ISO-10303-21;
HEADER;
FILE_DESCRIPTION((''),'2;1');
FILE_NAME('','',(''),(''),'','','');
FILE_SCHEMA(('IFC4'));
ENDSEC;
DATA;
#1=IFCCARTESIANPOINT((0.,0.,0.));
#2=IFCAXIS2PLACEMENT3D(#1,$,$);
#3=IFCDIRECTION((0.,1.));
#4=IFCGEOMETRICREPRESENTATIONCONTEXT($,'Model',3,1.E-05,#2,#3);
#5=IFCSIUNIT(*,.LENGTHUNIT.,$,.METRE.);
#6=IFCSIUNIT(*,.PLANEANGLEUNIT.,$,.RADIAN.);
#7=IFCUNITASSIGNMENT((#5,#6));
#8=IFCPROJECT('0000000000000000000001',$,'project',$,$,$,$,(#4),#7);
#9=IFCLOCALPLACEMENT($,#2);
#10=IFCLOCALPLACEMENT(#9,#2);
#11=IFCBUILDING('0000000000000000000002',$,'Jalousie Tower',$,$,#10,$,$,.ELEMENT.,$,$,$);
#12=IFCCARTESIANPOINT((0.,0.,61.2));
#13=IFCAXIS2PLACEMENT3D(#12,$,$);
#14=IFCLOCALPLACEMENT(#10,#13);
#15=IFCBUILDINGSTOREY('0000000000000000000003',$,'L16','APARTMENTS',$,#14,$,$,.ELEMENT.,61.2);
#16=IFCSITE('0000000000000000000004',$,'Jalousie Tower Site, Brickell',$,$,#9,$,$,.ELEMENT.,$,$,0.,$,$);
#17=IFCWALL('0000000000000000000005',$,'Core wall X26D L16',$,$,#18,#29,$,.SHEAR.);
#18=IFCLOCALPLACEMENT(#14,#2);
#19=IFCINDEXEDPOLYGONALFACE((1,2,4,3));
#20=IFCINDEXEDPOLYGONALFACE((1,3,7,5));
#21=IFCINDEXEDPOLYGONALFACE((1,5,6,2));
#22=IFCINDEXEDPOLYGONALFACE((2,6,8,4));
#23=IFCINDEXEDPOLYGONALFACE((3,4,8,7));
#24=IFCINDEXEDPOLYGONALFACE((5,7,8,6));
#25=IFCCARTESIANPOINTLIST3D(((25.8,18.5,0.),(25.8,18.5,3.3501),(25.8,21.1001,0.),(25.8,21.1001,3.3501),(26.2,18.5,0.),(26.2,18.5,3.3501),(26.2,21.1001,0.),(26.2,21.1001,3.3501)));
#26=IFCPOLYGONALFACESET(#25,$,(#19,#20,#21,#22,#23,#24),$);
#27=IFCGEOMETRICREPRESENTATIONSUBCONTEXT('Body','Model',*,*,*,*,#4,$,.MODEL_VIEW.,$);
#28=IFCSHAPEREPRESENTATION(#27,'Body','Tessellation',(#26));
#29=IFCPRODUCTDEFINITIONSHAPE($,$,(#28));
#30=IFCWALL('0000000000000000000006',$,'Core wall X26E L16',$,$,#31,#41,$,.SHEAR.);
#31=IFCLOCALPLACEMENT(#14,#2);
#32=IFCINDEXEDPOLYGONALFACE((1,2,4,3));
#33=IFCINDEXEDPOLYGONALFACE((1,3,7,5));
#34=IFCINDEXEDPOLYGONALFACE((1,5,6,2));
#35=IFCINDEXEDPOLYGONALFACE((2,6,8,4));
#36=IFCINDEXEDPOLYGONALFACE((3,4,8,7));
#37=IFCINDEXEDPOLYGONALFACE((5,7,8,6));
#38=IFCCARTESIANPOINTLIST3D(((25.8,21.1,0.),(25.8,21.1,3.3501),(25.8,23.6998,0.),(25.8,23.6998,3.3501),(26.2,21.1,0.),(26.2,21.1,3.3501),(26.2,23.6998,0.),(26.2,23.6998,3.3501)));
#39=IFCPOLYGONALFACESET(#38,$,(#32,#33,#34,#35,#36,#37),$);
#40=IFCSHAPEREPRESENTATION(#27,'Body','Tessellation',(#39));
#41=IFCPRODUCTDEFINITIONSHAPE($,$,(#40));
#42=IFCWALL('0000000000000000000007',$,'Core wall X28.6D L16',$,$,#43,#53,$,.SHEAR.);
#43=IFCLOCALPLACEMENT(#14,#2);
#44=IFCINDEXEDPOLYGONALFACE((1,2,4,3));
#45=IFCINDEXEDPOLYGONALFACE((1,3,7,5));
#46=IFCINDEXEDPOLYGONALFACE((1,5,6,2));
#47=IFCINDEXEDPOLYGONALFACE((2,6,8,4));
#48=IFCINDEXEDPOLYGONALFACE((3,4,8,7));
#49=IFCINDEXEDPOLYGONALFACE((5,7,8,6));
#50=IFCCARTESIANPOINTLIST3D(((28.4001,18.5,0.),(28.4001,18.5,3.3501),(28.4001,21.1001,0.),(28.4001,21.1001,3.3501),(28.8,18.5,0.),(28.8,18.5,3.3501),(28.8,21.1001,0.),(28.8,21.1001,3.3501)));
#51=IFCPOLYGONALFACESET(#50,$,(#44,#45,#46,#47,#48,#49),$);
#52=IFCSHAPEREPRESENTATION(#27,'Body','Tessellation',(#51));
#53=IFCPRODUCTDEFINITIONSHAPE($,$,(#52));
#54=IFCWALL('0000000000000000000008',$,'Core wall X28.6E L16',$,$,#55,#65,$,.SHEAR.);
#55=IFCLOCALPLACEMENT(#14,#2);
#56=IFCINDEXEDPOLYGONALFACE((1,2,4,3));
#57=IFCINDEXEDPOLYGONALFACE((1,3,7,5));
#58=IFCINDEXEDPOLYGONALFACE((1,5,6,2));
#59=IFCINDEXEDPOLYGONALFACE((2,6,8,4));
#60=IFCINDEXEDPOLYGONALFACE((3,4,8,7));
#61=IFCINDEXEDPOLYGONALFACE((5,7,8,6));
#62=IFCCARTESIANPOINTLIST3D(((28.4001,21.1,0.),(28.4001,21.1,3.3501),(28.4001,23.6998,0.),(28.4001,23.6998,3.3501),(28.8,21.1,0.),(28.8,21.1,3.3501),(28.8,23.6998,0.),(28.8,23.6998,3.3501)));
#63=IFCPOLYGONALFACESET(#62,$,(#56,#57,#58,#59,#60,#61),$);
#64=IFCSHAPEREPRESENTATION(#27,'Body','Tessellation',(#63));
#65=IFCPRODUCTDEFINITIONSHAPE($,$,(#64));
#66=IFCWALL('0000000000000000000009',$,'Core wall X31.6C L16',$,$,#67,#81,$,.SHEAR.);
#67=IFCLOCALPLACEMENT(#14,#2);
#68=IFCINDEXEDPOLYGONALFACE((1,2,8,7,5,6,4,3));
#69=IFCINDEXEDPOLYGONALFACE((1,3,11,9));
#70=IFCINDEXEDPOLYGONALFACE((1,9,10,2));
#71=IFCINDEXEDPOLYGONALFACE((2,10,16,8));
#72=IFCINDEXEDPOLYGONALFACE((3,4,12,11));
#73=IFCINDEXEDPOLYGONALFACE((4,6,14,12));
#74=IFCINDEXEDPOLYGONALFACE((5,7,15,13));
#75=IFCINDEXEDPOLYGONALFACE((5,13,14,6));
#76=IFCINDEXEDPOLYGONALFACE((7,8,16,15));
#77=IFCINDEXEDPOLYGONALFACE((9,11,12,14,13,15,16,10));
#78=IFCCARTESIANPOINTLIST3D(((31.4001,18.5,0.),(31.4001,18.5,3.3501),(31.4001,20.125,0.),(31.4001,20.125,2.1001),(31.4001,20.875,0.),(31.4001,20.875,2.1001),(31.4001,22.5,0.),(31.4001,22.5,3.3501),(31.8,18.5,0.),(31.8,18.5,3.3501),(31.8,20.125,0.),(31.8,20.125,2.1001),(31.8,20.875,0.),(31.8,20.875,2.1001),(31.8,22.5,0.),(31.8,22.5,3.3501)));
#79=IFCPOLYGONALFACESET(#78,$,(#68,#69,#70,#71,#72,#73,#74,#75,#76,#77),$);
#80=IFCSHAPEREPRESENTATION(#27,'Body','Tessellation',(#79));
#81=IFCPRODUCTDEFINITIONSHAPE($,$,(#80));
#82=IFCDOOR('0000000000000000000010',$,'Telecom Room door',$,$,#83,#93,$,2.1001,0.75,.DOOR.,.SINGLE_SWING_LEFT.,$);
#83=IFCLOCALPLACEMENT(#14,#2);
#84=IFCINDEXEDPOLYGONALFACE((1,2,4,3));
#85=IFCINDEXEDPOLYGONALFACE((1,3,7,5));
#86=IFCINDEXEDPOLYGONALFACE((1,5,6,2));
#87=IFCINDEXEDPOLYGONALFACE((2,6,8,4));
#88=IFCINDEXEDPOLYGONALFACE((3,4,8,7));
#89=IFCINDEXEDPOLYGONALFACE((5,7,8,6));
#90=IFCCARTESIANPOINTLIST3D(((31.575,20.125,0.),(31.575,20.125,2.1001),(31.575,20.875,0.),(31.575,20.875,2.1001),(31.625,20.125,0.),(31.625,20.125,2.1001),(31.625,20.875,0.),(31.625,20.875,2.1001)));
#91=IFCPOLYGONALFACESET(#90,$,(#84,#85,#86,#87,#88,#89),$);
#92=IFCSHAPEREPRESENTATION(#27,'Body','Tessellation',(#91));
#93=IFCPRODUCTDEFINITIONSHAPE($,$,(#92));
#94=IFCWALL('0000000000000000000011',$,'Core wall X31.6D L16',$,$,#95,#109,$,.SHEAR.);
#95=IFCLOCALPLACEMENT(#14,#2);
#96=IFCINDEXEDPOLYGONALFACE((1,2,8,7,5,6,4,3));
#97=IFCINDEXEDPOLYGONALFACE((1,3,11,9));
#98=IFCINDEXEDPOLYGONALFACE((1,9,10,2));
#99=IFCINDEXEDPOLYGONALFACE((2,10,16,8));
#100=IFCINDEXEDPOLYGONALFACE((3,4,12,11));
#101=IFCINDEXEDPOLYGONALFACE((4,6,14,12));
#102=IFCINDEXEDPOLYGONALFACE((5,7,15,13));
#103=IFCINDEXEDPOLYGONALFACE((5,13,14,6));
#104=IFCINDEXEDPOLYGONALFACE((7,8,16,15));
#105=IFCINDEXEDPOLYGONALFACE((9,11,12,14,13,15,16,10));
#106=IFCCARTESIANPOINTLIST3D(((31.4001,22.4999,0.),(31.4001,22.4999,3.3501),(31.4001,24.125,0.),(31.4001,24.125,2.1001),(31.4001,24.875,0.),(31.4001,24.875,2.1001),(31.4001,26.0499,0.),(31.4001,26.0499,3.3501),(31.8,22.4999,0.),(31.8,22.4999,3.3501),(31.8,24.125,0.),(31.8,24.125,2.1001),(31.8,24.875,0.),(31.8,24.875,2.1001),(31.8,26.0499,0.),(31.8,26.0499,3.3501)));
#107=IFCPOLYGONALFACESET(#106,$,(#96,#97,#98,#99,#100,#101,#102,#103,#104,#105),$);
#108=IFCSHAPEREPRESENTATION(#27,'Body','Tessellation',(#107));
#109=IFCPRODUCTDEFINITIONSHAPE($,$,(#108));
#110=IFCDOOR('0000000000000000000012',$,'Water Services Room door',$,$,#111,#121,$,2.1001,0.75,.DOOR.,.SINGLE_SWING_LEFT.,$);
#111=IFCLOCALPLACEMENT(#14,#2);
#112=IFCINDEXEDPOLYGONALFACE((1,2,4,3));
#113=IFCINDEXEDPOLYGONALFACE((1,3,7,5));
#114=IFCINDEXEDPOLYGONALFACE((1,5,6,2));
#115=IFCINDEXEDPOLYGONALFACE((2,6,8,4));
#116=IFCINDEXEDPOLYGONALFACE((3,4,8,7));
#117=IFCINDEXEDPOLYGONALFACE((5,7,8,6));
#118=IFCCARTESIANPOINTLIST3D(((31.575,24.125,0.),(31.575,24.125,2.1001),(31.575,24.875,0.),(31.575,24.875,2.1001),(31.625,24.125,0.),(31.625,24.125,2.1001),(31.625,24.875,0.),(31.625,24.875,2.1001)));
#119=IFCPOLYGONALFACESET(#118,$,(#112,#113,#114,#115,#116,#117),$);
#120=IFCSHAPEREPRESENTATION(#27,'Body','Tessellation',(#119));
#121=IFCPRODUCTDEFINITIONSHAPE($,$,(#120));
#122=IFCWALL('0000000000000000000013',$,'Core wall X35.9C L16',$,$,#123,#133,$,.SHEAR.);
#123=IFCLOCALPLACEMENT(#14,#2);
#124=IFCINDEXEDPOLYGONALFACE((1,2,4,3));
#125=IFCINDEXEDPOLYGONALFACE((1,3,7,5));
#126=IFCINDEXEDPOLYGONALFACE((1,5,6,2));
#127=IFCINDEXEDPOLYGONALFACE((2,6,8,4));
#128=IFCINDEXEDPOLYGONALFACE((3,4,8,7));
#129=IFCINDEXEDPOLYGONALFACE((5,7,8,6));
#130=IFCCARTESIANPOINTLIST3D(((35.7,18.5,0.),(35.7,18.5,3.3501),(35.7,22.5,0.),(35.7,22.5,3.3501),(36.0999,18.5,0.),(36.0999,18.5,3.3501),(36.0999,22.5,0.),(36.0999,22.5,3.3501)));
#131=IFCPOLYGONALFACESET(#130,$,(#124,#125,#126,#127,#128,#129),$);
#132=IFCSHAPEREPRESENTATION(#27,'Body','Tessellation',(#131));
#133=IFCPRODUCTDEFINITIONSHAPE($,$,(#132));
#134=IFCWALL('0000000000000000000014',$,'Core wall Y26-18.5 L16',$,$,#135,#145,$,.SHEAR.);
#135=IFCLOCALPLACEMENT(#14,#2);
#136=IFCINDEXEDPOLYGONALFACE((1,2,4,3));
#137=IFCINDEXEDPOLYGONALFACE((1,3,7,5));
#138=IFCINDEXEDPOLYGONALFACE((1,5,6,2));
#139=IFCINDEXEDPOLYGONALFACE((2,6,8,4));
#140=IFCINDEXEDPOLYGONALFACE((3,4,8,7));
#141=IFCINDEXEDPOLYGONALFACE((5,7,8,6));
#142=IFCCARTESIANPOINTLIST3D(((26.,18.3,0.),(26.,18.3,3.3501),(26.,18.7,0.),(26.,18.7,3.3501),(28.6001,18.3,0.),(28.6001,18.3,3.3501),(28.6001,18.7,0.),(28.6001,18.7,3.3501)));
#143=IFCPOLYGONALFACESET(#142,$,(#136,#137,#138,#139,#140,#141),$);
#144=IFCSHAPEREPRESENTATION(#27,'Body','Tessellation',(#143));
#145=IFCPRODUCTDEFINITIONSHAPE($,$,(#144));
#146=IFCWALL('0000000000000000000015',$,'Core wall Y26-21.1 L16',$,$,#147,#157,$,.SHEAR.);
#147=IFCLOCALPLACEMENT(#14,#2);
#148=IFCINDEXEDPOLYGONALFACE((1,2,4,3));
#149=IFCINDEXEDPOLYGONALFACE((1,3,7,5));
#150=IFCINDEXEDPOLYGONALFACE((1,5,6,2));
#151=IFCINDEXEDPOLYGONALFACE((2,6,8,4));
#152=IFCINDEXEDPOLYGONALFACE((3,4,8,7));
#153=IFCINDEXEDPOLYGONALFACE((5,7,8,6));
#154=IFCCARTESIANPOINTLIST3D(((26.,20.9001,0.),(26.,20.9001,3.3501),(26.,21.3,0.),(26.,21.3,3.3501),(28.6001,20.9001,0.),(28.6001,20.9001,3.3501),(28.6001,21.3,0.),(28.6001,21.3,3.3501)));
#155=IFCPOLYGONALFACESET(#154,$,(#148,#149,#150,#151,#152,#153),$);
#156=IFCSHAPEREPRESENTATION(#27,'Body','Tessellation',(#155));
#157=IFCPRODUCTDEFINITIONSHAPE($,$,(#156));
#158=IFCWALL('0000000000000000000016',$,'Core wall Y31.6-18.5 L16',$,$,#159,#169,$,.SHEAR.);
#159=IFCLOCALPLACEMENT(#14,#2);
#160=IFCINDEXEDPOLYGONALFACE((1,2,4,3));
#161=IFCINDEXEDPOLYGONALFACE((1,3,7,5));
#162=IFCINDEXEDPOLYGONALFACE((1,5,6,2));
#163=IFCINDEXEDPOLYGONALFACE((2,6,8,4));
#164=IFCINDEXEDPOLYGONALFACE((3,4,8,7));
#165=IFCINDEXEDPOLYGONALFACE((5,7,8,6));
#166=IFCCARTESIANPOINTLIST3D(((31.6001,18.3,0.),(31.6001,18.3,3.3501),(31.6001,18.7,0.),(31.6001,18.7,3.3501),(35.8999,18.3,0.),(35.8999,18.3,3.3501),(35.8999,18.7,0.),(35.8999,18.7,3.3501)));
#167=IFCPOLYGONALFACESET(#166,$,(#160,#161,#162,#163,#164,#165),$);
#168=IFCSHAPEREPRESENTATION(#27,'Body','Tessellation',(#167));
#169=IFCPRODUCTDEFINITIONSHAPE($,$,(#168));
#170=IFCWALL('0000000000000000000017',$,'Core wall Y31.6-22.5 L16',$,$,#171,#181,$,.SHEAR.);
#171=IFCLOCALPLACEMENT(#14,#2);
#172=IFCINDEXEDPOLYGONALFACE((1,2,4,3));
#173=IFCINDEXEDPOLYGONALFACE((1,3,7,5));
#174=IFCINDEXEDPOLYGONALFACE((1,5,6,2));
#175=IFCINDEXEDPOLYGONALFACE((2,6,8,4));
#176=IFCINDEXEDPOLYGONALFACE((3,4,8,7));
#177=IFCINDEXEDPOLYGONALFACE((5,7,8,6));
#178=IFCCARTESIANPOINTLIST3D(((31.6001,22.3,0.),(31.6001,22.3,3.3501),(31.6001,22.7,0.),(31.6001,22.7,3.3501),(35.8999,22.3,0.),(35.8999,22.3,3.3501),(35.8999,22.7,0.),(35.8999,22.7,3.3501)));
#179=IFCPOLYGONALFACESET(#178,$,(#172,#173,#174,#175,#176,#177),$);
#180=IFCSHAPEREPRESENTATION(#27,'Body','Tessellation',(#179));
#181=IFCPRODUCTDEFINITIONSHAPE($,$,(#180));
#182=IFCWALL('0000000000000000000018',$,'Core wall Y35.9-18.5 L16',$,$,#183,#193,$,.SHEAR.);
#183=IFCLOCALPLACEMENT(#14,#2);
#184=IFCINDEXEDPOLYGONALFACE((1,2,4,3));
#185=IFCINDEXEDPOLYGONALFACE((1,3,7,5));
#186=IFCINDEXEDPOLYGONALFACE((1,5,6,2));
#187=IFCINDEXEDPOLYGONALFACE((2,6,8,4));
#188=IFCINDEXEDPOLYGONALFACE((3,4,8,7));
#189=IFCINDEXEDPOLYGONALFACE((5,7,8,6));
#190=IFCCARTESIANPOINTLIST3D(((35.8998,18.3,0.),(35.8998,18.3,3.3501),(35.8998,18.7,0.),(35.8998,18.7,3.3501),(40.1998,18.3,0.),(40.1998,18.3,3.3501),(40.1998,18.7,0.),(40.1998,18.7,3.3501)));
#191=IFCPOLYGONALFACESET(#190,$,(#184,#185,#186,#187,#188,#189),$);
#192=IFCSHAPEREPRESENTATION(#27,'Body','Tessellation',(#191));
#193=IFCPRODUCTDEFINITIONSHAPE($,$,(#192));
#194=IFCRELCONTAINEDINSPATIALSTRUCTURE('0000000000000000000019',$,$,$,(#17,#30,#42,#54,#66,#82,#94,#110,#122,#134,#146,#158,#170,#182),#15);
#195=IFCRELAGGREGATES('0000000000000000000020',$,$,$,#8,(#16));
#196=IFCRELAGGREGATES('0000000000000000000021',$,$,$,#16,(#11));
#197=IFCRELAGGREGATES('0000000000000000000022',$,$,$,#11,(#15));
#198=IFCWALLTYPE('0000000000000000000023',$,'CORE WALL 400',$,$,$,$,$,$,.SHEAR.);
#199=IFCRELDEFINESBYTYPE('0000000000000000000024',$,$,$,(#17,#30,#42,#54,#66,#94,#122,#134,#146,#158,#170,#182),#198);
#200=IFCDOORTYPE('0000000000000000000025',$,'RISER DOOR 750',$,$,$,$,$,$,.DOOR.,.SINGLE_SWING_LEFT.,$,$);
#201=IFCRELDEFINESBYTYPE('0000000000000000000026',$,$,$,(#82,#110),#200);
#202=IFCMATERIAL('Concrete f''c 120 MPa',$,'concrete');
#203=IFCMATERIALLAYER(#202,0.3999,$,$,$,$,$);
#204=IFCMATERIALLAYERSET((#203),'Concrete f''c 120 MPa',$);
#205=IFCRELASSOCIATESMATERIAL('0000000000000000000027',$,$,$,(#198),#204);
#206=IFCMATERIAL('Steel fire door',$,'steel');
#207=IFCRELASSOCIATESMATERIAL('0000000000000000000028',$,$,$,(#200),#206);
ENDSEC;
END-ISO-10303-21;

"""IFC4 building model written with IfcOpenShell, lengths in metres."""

from ifc_helpers import new_model, si_unit, direction, frame, frame_2d, origin, place, context, subcontext, project, spatial, rectangle, extrude, material, layer, layer_set, type_object, element, fill, save


model = new_model("IFC4")

# Units and contexts
model_context = context("Model", 3, precision=1e-05, world=origin(), true_north=direction((0.0, 1.0)))
body_context = subcontext(model_context, "Body", "Model", "MODEL_VIEW")
ifc_project = project(units=[si_unit("LENGTHUNIT", "METRE"), si_unit("PLANEANGLEUNIT", "RADIAN")], contexts=[model_context])

# Site, building, storey
site_placement = place(None, origin())
site = spatial("IfcSite", under=ifc_project, at=site_placement, Name="Jalousie Tower Site, Brickell", CompositionType="ELEMENT", RefElevation=0.0)
building_placement = place(site_placement, origin())
building = spatial("IfcBuilding", under=site, at=building_placement, Name="Jalousie Tower", CompositionType="ELEMENT")
storey_placement = place(building_placement, frame((0.0, 0.0, 61.2)))
storey = spatial("IfcBuildingStorey", under=building, at=storey_placement, Name="L16", Description="APARTMENTS", CompositionType="ELEMENT", Elevation=61.2)

# Walls
ifc_material_1 = material(Name="Concrete f'c 120 MPa", Category="concrete")
ifc_layer = layer(ifc_material_1, 0.3999)
ifc_layer_set = layer_set([ifc_layer], Name="Concrete f'c 120 MPa")
wall_type_1 = type_object("IfcWallType", Name="CORE WALL 400", PredefinedType="SHEAR", material=ifc_layer_set)
wall_1_placement = place(storey_placement, frame((26.0, 18.5, 0.0), z_axis=(0.0, 0.0, 1.0), x_axis=(0.0, 1.0, 0.0)))
element("IfcWall", 1, at=wall_1_placement, inside=storey, type_object=wall_type_1, Name="Core wall X26D L16", PredefinedType="SHEAR", context=body_context, shape_type="SweptSolid", body=[
    extrude(rectangle(XDim=2.6001, YDim=0.3999, at=frame_2d((1.3, 0.0))), origin(), (0.0, 0.0, 1.0), 3.3501),
])
wall_2_placement = place(storey_placement, frame((26.0, 21.1001, 0.0), z_axis=(0.0, 0.0, 1.0), x_axis=(0.0, 1.0, 0.0)))
element("IfcWall", 2, at=wall_2_placement, inside=storey, type_object=wall_type_1, Name="Core wall X26E L16", PredefinedType="SHEAR", context=body_context, shape_type="SweptSolid", body=[
    extrude(rectangle(XDim=2.5999, YDim=0.3999, at=frame_2d((1.2998, 0.0))), origin(), (0.0, 0.0, 1.0), 3.3501),
])
wall_3_placement = place(storey_placement, frame((28.6001, 18.5, 0.0), z_axis=(0.0, 0.0, 1.0), x_axis=(0.0, 1.0, 0.0)))
element("IfcWall", 3, at=wall_3_placement, inside=storey, type_object=wall_type_1, Name="Core wall X28.6D L16", PredefinedType="SHEAR", context=body_context, shape_type="SweptSolid", body=[
    extrude(rectangle(XDim=2.6001, YDim=0.3999, at=frame_2d((1.3, 0.0))), origin(), (0.0, 0.0, 1.0), 3.3501),
])
wall_4_placement = place(storey_placement, frame((28.6001, 21.1001, 0.0), z_axis=(0.0, 0.0, 1.0), x_axis=(0.0, 1.0, 0.0)))
element("IfcWall", 4, at=wall_4_placement, inside=storey, type_object=wall_type_1, Name="Core wall X28.6E L16", PredefinedType="SHEAR", context=body_context, shape_type="SweptSolid", body=[
    extrude(rectangle(XDim=2.5999, YDim=0.3999, at=frame_2d((1.2998, 0.0))), origin(), (0.0, 0.0, 1.0), 3.3501),
])

# Walls, openings, doors
wall_5_placement = place(storey_placement, frame((31.6001, 18.5, 0.0), z_axis=(0.0, 0.0, 1.0), x_axis=(0.0, 1.0, 0.0)))
wall_5 = element("IfcWall", 5, at=wall_5_placement, inside=storey, type_object=wall_type_1, Name="Core wall X31.6C L16", PredefinedType="SHEAR", context=body_context, shape_type="SweptSolid", body=[
    extrude(rectangle(XDim=4.0, YDim=0.3999, at=frame_2d((2.0, 0.0))), origin(), (0.0, 0.0, 1.0), 3.3501),
])
opening_1_placement = place(wall_5_placement, frame((1.625, 0.0, 0.0)))
opening_1 = element("IfcOpeningElement", 6, at=opening_1_placement, cuts=wall_5, PredefinedType="OPENING", context=body_context, shape_type="SweptSolid", body=[
    extrude(rectangle(XDim=0.75, YDim=2.1001, at=frame_2d((0.375, 1.05))), frame((0.0, 0.21, 0.0), z_axis=(0.0, -1.0, 0.0), x_axis=(1.0, 0.0, 0.0)), (0.0, 0.0, 1.0), 0.4199),
])
ifc_material_2 = material(Name="Steel fire door", Category="steel")
door_type = type_object("IfcDoorType", Name="RISER DOOR 750", OperationType="SINGLE_SWING_LEFT", PredefinedType="DOOR", material=ifc_material_2)
door_1_placement = place(opening_1_placement, frame((0.75, 0.0, 0.0), z_axis=(0.0, 0.0, 1.0), x_axis=(-1.0, 0.0, 0.0)))
door_1 = element("IfcDoor", 7, at=door_1_placement, inside=storey, type_object=door_type, Name="Telecom Room door", OperationType="SINGLE_SWING_LEFT", OverallHeight=2.1001, OverallWidth=0.75, PredefinedType="DOOR", context=body_context, shape_type="SweptSolid", body=[
    extrude(rectangle(XDim=0.75, YDim=2.1001, at=frame_2d((0.375, 1.05))), frame((0.0, 0.0249, 0.0), z_axis=(0.0, -1.0, 0.0), x_axis=(1.0, 0.0, 0.0)), (0.0, 0.0, 1.0), 0.05),
])
fill(opening_1, door_1)
wall_6_placement = place(storey_placement, frame((31.6001, 22.5, 0.0), z_axis=(0.0, 0.0, 1.0), x_axis=(0.0, 1.0, 0.0)))
wall_6 = element("IfcWall", 8, at=wall_6_placement, inside=storey, type_object=wall_type_1, Name="Core wall X31.6D L16", PredefinedType="SHEAR", context=body_context, shape_type="SweptSolid", body=[
    extrude(rectangle(XDim=3.55, YDim=0.3999, at=frame_2d((1.7749, 0.0))), origin(), (0.0, 0.0, 1.0), 3.3501),
])
opening_2_placement = place(wall_6_placement, frame((1.625, 0.0, 0.0)))
opening_2 = element("IfcOpeningElement", 9, at=opening_2_placement, cuts=wall_6, PredefinedType="OPENING", context=body_context, shape_type="SweptSolid", body=[
    extrude(rectangle(XDim=0.75, YDim=2.1001, at=frame_2d((0.375, 1.05))), frame((0.0, 0.21, 0.0), z_axis=(0.0, -1.0, 0.0), x_axis=(1.0, 0.0, 0.0)), (0.0, 0.0, 1.0), 0.4199),
])
door_2_placement = place(opening_2_placement, frame((0.75, 0.0, 0.0), z_axis=(0.0, 0.0, 1.0), x_axis=(-1.0, 0.0, 0.0)))
door_2 = element("IfcDoor", 10, at=door_2_placement, inside=storey, type_object=door_type, Name="Water Services Room door", OperationType="SINGLE_SWING_LEFT", OverallHeight=2.1001, OverallWidth=0.75, PredefinedType="DOOR", context=body_context, shape_type="SweptSolid", body=[
    extrude(rectangle(XDim=0.75, YDim=2.1001, at=frame_2d((0.375, 1.05))), frame((0.0, 0.0249, 0.0), z_axis=(0.0, -1.0, 0.0), x_axis=(1.0, 0.0, 0.0)), (0.0, 0.0, 1.0), 0.05),
])
fill(opening_2, door_2)

# Walls
wall_7_placement = place(storey_placement, frame((35.8999, 18.5, 0.0), z_axis=(0.0, 0.0, 1.0), x_axis=(0.0, 1.0, 0.0)))
element("IfcWall", 11, at=wall_7_placement, inside=storey, type_object=wall_type_1, Name="Core wall X35.9C L16", PredefinedType="SHEAR", context=body_context, shape_type="SweptSolid", body=[
    extrude(rectangle(XDim=4.0, YDim=0.3999, at=frame_2d((2.0, 0.0))), origin(), (0.0, 0.0, 1.0), 3.3501),
])
for number, where, z_axis, x_axis, name in (
    (12, (26.0, 18.5, 0.0), (0.0, 0.0, 1.0), (1.0, 0.0, 0.0), "Core wall Y26-18.5 L16"),
    (13, (26.0, 21.1001, 0.0), (0.0, 0.0, 1.0), (1.0, 0.0, 0.0), "Core wall Y26-21.1 L16"),
):
    element("IfcWall", number, at=place(storey_placement, frame(where, z_axis=z_axis, x_axis=x_axis)), inside=storey, type_object=wall_type_1, Name=name, PredefinedType="SHEAR", context=body_context, shape_type="SweptSolid", body=[
        extrude(rectangle(XDim=2.6001, YDim=0.3999, at=frame_2d((1.3, 0.0))), origin(), (0.0, 0.0, 1.0), 3.3501),
    ])
for number, where, z_axis, x_axis, name in (
    (14, (31.6001, 18.5, 0.0), (0.0, 0.0, 1.0), (1.0, 0.0, 0.0), "Core wall Y31.6-18.5 L16"),
    (15, (31.6001, 22.5, 0.0), (0.0, 0.0, 1.0), (1.0, 0.0, 0.0), "Core wall Y31.6-22.5 L16"),
):
    element("IfcWall", number, at=place(storey_placement, frame(where, z_axis=z_axis, x_axis=x_axis)), inside=storey, type_object=wall_type_1, Name=name, PredefinedType="SHEAR", context=body_context, shape_type="SweptSolid", body=[
        extrude(rectangle(XDim=4.2998, YDim=0.3999, at=frame_2d((2.1499, 0.0))), origin(), (0.0, 0.0, 1.0), 3.3501),
    ])
wall_8_placement = place(storey_placement, frame((35.8999, 18.5, 0.0), z_axis=(0.0, 0.0, 1.0), x_axis=(1.0, 0.0, 0.0)))
element("IfcWall", 16, at=wall_8_placement, inside=storey, type_object=wall_type_1, Name="Core wall Y35.9-18.5 L16", PredefinedType="SHEAR", context=body_context, shape_type="SweptSolid", body=[
    extrude(rectangle(XDim=4.3, YDim=0.3999, at=frame_2d((2.1499, 0.0))), origin(), (0.0, 0.0, 1.0), 3.3501),
])

save(model, "model.ifc")
